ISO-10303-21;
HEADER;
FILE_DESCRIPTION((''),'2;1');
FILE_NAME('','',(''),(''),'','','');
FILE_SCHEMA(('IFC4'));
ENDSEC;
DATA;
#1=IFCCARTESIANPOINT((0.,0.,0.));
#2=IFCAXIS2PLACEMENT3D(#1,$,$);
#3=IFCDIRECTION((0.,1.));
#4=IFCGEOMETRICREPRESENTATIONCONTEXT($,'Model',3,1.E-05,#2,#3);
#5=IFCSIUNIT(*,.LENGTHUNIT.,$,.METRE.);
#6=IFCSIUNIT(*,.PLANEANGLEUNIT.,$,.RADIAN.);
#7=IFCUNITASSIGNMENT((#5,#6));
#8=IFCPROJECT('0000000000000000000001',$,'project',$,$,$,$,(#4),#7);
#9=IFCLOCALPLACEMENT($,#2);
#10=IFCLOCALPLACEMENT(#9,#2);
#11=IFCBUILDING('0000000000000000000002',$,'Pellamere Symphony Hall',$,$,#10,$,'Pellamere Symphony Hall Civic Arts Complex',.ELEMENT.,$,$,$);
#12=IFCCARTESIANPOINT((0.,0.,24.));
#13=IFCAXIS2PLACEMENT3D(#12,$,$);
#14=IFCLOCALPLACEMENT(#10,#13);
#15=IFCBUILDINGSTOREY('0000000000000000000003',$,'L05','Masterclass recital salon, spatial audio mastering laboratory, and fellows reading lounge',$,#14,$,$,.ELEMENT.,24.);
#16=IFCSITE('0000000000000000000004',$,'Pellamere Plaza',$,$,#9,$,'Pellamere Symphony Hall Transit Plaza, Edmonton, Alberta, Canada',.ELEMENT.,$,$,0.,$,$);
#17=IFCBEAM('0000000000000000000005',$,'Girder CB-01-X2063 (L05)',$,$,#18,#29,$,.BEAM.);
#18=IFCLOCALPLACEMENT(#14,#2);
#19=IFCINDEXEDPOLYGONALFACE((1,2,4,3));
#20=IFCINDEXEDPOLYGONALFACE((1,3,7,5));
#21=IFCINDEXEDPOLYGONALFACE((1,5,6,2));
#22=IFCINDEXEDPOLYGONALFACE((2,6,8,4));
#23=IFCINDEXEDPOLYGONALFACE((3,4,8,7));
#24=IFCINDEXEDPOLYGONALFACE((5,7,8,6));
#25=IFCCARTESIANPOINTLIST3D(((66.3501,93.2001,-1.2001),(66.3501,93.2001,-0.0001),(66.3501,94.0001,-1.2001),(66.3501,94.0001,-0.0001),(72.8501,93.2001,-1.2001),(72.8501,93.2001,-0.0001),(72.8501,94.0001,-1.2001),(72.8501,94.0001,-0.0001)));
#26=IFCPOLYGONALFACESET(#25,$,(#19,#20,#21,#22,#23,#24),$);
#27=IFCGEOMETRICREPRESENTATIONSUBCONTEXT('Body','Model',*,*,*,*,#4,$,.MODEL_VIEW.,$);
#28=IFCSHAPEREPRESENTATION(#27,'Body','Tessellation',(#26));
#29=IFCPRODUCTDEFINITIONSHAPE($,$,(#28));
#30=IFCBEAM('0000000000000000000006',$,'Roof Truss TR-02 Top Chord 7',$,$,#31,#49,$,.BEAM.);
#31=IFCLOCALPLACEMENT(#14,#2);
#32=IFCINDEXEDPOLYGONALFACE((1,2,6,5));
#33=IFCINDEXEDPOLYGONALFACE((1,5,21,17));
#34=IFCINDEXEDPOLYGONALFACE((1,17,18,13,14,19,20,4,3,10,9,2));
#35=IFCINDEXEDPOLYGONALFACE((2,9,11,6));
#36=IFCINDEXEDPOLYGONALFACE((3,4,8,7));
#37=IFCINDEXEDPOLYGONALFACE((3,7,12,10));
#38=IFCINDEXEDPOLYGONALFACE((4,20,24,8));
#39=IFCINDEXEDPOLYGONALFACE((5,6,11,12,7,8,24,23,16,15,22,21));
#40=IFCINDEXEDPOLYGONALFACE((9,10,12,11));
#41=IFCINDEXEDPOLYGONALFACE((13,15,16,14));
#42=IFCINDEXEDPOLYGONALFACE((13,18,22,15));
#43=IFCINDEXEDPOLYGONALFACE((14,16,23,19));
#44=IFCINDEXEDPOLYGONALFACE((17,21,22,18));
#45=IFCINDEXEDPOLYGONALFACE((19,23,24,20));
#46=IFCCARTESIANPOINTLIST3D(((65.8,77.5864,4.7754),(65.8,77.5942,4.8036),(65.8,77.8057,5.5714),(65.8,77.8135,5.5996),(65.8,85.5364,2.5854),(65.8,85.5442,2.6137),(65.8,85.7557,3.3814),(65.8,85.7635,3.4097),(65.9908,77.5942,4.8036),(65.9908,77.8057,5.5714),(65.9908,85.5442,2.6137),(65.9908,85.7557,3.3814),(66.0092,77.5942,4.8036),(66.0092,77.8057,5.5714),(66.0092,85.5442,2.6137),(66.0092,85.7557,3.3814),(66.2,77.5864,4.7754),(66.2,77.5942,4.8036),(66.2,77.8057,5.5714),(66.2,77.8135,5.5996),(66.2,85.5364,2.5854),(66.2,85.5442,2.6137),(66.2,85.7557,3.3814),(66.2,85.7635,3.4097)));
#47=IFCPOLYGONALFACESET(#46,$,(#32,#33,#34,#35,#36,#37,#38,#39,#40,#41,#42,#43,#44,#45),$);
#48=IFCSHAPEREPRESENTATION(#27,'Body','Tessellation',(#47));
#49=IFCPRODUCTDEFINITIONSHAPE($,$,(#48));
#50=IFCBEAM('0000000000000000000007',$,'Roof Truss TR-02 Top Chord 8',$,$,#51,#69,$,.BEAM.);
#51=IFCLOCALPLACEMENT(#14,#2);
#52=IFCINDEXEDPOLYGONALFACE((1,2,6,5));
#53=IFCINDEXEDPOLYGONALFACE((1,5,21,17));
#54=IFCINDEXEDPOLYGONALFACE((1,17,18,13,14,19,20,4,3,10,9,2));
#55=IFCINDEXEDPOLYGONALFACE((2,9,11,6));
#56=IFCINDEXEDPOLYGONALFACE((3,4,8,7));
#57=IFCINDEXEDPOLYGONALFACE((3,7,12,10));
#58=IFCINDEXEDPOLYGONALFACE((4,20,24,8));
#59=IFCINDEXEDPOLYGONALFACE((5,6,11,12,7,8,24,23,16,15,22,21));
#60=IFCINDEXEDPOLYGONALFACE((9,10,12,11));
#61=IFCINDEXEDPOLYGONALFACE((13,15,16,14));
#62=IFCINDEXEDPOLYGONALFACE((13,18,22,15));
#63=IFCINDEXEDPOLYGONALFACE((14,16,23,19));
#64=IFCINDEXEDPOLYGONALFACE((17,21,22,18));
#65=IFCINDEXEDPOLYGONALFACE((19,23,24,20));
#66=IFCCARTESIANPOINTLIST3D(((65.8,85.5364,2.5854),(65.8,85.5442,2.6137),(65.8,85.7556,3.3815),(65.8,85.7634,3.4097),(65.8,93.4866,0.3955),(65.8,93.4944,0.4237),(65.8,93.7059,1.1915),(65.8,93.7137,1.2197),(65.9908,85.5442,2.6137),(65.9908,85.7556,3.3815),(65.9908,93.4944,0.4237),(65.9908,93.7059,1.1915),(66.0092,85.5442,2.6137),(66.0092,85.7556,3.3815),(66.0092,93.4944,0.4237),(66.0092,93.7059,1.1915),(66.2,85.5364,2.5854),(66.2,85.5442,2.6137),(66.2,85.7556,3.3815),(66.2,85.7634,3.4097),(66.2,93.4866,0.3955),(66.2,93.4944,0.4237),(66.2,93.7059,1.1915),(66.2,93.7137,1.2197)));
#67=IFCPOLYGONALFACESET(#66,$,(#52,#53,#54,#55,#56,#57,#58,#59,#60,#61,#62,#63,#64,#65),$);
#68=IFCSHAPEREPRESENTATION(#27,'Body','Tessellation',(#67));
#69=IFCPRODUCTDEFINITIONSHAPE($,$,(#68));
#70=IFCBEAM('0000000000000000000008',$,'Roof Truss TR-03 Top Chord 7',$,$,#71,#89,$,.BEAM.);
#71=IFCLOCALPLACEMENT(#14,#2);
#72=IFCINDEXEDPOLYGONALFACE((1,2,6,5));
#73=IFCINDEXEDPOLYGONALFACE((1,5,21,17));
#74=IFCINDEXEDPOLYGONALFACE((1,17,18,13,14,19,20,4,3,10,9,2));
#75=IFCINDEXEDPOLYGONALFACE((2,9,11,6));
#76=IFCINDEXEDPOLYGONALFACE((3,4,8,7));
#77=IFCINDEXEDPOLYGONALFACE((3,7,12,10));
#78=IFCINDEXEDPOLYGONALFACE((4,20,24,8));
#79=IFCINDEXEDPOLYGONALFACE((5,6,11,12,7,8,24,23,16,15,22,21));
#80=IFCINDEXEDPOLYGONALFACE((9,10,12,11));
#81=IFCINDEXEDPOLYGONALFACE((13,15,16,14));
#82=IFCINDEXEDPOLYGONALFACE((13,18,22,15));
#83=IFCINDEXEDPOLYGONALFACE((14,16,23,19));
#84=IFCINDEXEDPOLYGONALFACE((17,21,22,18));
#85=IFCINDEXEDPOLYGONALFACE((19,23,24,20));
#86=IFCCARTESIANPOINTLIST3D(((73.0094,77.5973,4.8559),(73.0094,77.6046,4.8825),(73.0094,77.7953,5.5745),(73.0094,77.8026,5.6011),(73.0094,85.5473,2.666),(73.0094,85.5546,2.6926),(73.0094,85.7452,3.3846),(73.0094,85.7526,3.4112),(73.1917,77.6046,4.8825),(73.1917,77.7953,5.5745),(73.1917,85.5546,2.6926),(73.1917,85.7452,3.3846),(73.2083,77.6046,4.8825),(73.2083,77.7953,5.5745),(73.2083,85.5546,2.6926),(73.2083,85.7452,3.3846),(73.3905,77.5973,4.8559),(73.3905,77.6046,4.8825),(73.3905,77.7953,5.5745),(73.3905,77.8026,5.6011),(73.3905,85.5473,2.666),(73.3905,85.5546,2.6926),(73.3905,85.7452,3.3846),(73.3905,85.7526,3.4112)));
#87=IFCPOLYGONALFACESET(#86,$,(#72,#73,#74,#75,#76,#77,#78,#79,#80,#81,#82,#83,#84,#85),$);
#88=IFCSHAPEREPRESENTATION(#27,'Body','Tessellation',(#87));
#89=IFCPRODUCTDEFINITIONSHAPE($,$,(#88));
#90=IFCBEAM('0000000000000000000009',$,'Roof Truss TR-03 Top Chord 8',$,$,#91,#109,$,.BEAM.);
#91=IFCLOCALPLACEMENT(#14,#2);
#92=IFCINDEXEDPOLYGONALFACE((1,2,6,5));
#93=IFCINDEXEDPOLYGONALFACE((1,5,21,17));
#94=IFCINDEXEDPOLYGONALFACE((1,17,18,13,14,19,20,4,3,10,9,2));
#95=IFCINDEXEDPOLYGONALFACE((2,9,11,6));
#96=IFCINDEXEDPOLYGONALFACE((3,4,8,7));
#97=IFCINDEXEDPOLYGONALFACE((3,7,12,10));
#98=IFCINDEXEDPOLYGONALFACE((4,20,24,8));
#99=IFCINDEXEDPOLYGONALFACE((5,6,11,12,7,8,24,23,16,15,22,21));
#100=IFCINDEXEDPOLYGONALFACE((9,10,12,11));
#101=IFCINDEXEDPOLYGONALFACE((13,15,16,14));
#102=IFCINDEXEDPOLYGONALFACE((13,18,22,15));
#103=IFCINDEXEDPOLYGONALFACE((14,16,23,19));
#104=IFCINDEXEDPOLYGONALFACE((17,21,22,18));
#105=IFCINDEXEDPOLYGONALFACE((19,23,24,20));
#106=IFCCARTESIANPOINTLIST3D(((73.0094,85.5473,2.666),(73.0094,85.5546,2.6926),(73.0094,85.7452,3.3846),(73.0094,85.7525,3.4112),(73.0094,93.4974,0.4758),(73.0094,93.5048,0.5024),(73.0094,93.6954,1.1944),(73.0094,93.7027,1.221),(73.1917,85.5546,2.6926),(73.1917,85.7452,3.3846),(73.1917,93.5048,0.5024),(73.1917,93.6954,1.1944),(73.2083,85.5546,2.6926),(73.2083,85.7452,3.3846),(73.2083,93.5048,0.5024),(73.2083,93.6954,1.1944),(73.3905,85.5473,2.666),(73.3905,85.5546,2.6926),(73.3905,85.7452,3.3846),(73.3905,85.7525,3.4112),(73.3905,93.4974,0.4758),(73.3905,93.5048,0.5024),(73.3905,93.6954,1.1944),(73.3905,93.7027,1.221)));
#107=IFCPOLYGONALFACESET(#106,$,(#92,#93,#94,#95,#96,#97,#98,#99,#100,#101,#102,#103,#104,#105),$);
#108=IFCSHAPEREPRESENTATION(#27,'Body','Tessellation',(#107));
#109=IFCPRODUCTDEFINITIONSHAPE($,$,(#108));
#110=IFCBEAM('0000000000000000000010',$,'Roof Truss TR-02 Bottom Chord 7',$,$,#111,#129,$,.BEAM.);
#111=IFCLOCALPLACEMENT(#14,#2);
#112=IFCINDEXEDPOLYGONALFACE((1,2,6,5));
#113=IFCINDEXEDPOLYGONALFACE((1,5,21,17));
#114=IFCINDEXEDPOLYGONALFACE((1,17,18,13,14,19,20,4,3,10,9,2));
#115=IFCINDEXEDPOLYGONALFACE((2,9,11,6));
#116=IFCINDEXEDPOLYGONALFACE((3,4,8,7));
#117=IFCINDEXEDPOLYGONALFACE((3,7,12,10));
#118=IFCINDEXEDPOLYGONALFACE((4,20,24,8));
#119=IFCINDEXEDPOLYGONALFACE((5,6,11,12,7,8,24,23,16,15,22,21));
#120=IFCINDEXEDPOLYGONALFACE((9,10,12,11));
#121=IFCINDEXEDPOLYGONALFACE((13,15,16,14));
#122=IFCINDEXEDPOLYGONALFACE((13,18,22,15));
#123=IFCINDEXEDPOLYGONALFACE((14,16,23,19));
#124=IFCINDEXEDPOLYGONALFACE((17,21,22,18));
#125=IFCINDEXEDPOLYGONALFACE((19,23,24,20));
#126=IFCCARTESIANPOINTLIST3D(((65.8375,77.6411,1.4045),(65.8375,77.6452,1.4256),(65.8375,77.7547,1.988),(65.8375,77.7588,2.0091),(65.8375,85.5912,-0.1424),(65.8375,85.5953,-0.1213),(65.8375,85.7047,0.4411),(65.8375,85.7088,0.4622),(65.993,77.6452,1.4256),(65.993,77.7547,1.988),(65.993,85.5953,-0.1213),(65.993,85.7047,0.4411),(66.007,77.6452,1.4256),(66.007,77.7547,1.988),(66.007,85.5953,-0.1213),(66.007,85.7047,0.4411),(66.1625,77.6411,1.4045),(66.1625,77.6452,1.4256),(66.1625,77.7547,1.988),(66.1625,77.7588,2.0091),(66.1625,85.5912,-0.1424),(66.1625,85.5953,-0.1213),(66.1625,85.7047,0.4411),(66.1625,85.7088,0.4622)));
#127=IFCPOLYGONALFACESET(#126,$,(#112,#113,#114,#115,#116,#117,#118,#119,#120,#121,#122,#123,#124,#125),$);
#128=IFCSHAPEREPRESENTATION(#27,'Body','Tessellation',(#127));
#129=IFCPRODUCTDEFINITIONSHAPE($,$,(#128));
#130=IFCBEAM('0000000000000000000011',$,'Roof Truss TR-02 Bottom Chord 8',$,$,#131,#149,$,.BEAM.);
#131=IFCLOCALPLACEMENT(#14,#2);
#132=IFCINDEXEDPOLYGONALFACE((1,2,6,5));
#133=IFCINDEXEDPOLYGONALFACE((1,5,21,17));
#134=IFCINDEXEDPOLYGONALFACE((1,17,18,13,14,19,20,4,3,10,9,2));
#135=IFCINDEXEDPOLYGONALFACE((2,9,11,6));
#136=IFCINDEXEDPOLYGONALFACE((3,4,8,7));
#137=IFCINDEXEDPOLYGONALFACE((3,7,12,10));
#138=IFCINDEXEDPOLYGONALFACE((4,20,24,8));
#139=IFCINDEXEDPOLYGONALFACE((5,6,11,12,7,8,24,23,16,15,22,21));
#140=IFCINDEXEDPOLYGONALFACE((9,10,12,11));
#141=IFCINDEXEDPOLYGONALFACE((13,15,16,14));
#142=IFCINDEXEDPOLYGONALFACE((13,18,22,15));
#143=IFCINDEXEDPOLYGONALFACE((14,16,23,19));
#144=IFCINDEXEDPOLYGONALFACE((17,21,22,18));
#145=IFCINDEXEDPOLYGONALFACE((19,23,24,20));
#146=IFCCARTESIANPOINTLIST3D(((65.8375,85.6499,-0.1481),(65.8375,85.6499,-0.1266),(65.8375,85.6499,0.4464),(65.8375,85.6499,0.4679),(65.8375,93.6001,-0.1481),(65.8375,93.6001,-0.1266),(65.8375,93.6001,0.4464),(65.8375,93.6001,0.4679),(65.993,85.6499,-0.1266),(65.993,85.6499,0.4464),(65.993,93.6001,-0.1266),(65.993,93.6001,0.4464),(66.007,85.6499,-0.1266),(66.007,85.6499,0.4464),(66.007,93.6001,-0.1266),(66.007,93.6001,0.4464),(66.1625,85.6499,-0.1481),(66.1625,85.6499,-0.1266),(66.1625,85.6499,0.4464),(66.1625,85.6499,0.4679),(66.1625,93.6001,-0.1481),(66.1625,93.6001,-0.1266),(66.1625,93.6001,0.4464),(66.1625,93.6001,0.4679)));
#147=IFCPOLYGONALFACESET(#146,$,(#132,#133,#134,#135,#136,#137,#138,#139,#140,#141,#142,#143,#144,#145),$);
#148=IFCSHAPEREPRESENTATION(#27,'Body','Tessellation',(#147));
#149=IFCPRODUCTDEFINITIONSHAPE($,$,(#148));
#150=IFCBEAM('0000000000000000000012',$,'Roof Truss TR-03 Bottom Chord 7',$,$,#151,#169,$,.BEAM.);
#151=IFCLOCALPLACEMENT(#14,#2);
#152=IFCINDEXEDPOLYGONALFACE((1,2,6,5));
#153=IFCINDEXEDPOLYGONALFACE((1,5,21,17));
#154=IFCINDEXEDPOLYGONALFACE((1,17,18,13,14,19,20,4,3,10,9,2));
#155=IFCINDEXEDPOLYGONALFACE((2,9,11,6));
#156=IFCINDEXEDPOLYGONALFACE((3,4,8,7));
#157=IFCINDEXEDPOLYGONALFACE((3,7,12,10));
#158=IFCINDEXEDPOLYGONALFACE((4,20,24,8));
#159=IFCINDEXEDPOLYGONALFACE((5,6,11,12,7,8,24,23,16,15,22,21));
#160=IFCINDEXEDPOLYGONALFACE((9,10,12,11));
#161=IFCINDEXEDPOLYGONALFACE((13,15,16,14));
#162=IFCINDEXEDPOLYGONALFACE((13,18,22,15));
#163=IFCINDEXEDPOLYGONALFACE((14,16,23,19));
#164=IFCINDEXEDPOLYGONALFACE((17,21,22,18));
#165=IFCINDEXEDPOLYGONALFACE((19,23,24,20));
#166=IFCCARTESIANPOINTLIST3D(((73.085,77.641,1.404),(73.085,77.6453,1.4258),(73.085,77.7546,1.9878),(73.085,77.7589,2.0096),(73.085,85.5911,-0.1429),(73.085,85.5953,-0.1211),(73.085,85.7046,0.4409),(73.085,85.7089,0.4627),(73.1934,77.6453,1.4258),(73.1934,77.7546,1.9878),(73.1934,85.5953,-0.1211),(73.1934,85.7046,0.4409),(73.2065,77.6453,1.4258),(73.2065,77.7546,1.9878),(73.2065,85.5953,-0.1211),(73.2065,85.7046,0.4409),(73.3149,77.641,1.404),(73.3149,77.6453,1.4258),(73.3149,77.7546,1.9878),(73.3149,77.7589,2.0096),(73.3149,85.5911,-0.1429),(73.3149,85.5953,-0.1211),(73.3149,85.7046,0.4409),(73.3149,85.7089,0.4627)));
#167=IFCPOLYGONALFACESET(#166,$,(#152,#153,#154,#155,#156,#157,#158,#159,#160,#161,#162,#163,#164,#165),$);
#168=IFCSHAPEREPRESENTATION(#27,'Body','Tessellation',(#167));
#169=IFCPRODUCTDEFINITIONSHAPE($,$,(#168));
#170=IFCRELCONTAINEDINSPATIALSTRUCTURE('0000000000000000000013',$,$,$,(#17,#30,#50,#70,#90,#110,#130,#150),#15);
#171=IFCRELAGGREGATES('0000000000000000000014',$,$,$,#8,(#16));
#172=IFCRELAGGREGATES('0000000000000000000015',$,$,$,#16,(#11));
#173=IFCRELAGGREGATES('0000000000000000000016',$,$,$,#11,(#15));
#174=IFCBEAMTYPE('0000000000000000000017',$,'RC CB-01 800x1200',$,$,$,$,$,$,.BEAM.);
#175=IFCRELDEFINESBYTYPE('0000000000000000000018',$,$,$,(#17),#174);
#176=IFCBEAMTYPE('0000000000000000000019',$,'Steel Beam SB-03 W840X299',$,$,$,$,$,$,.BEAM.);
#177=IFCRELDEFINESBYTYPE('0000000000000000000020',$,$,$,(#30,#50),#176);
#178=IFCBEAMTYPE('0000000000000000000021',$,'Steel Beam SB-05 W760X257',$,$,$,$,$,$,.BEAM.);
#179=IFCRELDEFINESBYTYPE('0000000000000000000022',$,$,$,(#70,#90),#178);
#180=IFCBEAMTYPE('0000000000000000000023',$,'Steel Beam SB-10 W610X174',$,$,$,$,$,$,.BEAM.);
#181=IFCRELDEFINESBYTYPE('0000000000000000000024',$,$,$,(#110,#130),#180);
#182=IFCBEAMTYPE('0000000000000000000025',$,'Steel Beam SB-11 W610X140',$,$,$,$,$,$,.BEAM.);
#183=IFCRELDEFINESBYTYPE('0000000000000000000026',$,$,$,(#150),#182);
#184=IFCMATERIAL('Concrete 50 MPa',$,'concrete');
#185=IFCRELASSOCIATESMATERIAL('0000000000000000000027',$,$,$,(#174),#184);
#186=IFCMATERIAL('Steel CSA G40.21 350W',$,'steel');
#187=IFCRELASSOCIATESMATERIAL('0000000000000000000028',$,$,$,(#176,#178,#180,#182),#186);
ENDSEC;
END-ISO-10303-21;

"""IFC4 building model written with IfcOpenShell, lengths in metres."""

from ifc_helpers import new_model, si_unit, direction, frame, origin, origin_2d, place, context, subcontext, project, spatial, rectangle, i_section, extrude, material, material_profile, profile_set, type_object, element, save


model = new_model("IFC4")

# Units and contexts
model_context = context("Model", 3, precision=1e-05, world=origin(), true_north=direction((0.0, 1.0)))
body_context = subcontext(model_context, "Body", "Model", "MODEL_VIEW")
ifc_project = project(units=[si_unit("LENGTHUNIT", "METRE"), si_unit("PLANEANGLEUNIT", "RADIAN")], contexts=[model_context])

# Site, building, storey
site_placement = place(None, origin())
site = spatial("IfcSite", under=ifc_project, at=site_placement, Name="Pellamere Plaza", LongName="Pellamere Symphony Hall Transit Plaza, Edmonton, Alberta, Canada", CompositionType="ELEMENT", RefElevation=0.0)
building_placement = place(site_placement, origin())
building = spatial("IfcBuilding", under=site, at=building_placement, Name="Pellamere Symphony Hall", LongName="Pellamere Symphony Hall Civic Arts Complex", CompositionType="ELEMENT")
storey_placement = place(building_placement, frame((0.0, 0.0, 24.0)))
storey = spatial("IfcBuildingStorey", under=building, at=storey_placement, Name="L05", Description="Masterclass recital salon, spatial audio mastering laboratory, and fellows reading lounge", CompositionType="ELEMENT", Elevation=24.0)

# Beams
ifc_material_1 = material(Name="Concrete 50 MPa", Category="concrete")
ifc_material_profile_1 = material_profile(ifc_material_1, rectangle(XDim=0.8, YDim=1.2, at=origin_2d()), Name="RC 800x1200")
ifc_profile_set_1 = profile_set([ifc_material_profile_1], Name="Concrete 50 MPa")
beam_type_1 = type_object("IfcBeamType", Name="RC CB-01 800x1200", PredefinedType="BEAM", material=ifc_profile_set_1)
beam_1_placement = place(storey_placement, frame((66.3501, 93.6001, -0.6001), z_axis=(1.0, 0.0, 0.0), x_axis=(0.0, 1.0, 0.0)))
element("IfcBeam", 1, at=beam_1_placement, inside=storey, type_object=beam_type_1, Name="Girder CB-01-X2063 (L05)", PredefinedType="BEAM", context=body_context, shape_type="SweptSolid", body=[
    extrude(rectangle(XDim=0.8, YDim=1.2, at=origin_2d()), origin(), (0.0, 0.0, 1.0), 6.5),
])
ifc_material_2 = material(Name="Steel CSA G40.21 350W", Category="steel")
ifc_material_profile_2 = material_profile(ifc_material_2, i_section(OverallWidth=0.3999, OverallDepth=0.855, WebThickness=0.0183, FlangeThickness=0.0293, at=origin_2d()), Name="W840X299")
ifc_profile_set_2 = profile_set([ifc_material_profile_2], Name="Steel CSA G40.21 350W")
beam_type_2 = type_object("IfcBeamType", Name="Steel Beam SB-03 W840X299", PredefinedType="BEAM", material=ifc_profile_set_2)
beam_2_placement = place(storey_placement, frame((66.0, 77.7, 5.1875), z_axis=(0.0, 0.96409, -0.265574), x_axis=(-1.0, 0.0, 0.0)))
element("IfcBeam", 2, at=beam_2_placement, inside=storey, type_object=beam_type_2, Name="Roof Truss TR-02 Top Chord 7", PredefinedType="BEAM", context=body_context, shape_type="SweptSolid", body=[
    extrude(i_section(OverallWidth=0.3999, OverallDepth=0.855, WebThickness=0.0183, FlangeThickness=0.0293, at=origin_2d()), origin(), (0.0, 0.0, 1.0), 8.2461),
])
beam_3_placement = place(storey_placement, frame((66.0, 85.6499, 2.9976), z_axis=(0.0, 0.964093, -0.265567), x_axis=(-1.0, 0.0, 0.0)))
element("IfcBeam", 3, at=beam_3_placement, inside=storey, type_object=beam_type_2, Name="Roof Truss TR-02 Top Chord 8", PredefinedType="BEAM", context=body_context, shape_type="SweptSolid", body=[
    extrude(i_section(OverallWidth=0.3999, OverallDepth=0.855, WebThickness=0.0183, FlangeThickness=0.0293, at=origin_2d()), origin(), (0.0, 0.0, 1.0), 8.2463),
])
ifc_material_profile_3 = material_profile(ifc_material_2, i_section(OverallWidth=0.3811, OverallDepth=0.7729, WebThickness=0.0166, FlangeThickness=0.0276, at=origin_2d()), Name="W760X257")
ifc_profile_set_3 = profile_set([ifc_material_profile_3], Name="Steel CSA G40.21 350W")
beam_type_3 = type_object("IfcBeamType", Name="Steel Beam SB-05 W760X257", PredefinedType="BEAM", material=ifc_profile_set_3)
beam_4_placement = place(storey_placement, frame((73.2, 77.7, 5.2285), z_axis=(0.0, 0.96409, -0.265574), x_axis=(-1.0, 0.0, 0.0)))
element("IfcBeam", 4, at=beam_4_placement, inside=storey, type_object=beam_type_3, Name="Roof Truss TR-03 Top Chord 7", PredefinedType="BEAM", context=body_context, shape_type="SweptSolid", body=[
    extrude(i_section(OverallWidth=0.3811, OverallDepth=0.7729, WebThickness=0.0166, FlangeThickness=0.0276, at=origin_2d()), origin(), (0.0, 0.0, 1.0), 8.2461),
])
beam_5_placement = place(storey_placement, frame((73.2, 85.6499, 3.0386), z_axis=(0.0, 0.964085, -0.265594), x_axis=(-1.0, 0.0, 0.0)))
element("IfcBeam", 5, at=beam_5_placement, inside=storey, type_object=beam_type_3, Name="Roof Truss TR-03 Top Chord 8", PredefinedType="BEAM", context=body_context, shape_type="SweptSolid", body=[
    extrude(i_section(OverallWidth=0.3811, OverallDepth=0.7729, WebThickness=0.0166, FlangeThickness=0.0276, at=origin_2d()), origin(), (0.0, 0.0, 1.0), 8.2463),
])
ifc_material_profile_4 = material_profile(ifc_material_2, i_section(OverallWidth=0.325, OverallDepth=0.616, WebThickness=0.0139, FlangeThickness=0.0215, at=origin_2d()), Name="W610X174")
ifc_profile_set_4 = profile_set([ifc_material_profile_4], Name="Steel CSA G40.21 350W")
beam_type_4 = type_object("IfcBeamType", Name="Steel Beam SB-10 W610X174", PredefinedType="BEAM", material=ifc_profile_set_4)
beam_6_placement = place(storey_placement, frame((66.0, 77.7, 1.7068), z_axis=(0.0, 0.981591, -0.190995), x_axis=(-1.0, 0.0, 0.0)))
element("IfcBeam", 6, at=beam_6_placement, inside=storey, type_object=beam_type_4, Name="Roof Truss TR-02 Bottom Chord 7", PredefinedType="BEAM", context=body_context, shape_type="SweptSolid", body=[
    extrude(i_section(OverallWidth=0.325, OverallDepth=0.616, WebThickness=0.0139, FlangeThickness=0.0215, at=origin_2d()), origin(), (0.0, 0.0, 1.0), 8.0991),
])
beam_7_placement = place(storey_placement, frame((66.0, 85.6499, 0.1599), z_axis=(0.0, 1.0, 0.0), x_axis=(-1.0, 0.0, 0.0)))
element("IfcBeam", 7, at=beam_7_placement, inside=storey, type_object=beam_type_4, Name="Roof Truss TR-02 Bottom Chord 8", PredefinedType="BEAM", context=body_context, shape_type="SweptSolid", body=[
    extrude(i_section(OverallWidth=0.325, OverallDepth=0.616, WebThickness=0.0139, FlangeThickness=0.0215, at=origin_2d()), origin(), (0.0, 0.0, 1.0), 7.9502),
])
ifc_material_profile_5 = material_profile(ifc_material_2, i_section(OverallWidth=0.23, OverallDepth=0.6169, WebThickness=0.0132, FlangeThickness=0.0222, at=origin_2d()), Name="W610X140")
ifc_profile_set_5 = profile_set([ifc_material_profile_5], Name="Steel CSA G40.21 350W")
beam_type_5 = type_object("IfcBeamType", Name="Steel Beam SB-11 W610X140", PredefinedType="BEAM", material=ifc_profile_set_5)
beam_8_placement = place(storey_placement, frame((73.2, 77.7, 1.7068), z_axis=(0.0, 0.981591, -0.190995), x_axis=(-1.0, 0.0, 0.0)))
element("IfcBeam", 8, at=beam_8_placement, inside=storey, type_object=beam_type_5, Name="Roof Truss TR-03 Bottom Chord 7", PredefinedType="BEAM", context=body_context, shape_type="SweptSolid", body=[
    extrude(i_section(OverallWidth=0.23, OverallDepth=0.6169, WebThickness=0.0132, FlangeThickness=0.0222, at=origin_2d()), origin(), (0.0, 0.0, 1.0), 8.0991),
])

save(model, "model.ifc")
